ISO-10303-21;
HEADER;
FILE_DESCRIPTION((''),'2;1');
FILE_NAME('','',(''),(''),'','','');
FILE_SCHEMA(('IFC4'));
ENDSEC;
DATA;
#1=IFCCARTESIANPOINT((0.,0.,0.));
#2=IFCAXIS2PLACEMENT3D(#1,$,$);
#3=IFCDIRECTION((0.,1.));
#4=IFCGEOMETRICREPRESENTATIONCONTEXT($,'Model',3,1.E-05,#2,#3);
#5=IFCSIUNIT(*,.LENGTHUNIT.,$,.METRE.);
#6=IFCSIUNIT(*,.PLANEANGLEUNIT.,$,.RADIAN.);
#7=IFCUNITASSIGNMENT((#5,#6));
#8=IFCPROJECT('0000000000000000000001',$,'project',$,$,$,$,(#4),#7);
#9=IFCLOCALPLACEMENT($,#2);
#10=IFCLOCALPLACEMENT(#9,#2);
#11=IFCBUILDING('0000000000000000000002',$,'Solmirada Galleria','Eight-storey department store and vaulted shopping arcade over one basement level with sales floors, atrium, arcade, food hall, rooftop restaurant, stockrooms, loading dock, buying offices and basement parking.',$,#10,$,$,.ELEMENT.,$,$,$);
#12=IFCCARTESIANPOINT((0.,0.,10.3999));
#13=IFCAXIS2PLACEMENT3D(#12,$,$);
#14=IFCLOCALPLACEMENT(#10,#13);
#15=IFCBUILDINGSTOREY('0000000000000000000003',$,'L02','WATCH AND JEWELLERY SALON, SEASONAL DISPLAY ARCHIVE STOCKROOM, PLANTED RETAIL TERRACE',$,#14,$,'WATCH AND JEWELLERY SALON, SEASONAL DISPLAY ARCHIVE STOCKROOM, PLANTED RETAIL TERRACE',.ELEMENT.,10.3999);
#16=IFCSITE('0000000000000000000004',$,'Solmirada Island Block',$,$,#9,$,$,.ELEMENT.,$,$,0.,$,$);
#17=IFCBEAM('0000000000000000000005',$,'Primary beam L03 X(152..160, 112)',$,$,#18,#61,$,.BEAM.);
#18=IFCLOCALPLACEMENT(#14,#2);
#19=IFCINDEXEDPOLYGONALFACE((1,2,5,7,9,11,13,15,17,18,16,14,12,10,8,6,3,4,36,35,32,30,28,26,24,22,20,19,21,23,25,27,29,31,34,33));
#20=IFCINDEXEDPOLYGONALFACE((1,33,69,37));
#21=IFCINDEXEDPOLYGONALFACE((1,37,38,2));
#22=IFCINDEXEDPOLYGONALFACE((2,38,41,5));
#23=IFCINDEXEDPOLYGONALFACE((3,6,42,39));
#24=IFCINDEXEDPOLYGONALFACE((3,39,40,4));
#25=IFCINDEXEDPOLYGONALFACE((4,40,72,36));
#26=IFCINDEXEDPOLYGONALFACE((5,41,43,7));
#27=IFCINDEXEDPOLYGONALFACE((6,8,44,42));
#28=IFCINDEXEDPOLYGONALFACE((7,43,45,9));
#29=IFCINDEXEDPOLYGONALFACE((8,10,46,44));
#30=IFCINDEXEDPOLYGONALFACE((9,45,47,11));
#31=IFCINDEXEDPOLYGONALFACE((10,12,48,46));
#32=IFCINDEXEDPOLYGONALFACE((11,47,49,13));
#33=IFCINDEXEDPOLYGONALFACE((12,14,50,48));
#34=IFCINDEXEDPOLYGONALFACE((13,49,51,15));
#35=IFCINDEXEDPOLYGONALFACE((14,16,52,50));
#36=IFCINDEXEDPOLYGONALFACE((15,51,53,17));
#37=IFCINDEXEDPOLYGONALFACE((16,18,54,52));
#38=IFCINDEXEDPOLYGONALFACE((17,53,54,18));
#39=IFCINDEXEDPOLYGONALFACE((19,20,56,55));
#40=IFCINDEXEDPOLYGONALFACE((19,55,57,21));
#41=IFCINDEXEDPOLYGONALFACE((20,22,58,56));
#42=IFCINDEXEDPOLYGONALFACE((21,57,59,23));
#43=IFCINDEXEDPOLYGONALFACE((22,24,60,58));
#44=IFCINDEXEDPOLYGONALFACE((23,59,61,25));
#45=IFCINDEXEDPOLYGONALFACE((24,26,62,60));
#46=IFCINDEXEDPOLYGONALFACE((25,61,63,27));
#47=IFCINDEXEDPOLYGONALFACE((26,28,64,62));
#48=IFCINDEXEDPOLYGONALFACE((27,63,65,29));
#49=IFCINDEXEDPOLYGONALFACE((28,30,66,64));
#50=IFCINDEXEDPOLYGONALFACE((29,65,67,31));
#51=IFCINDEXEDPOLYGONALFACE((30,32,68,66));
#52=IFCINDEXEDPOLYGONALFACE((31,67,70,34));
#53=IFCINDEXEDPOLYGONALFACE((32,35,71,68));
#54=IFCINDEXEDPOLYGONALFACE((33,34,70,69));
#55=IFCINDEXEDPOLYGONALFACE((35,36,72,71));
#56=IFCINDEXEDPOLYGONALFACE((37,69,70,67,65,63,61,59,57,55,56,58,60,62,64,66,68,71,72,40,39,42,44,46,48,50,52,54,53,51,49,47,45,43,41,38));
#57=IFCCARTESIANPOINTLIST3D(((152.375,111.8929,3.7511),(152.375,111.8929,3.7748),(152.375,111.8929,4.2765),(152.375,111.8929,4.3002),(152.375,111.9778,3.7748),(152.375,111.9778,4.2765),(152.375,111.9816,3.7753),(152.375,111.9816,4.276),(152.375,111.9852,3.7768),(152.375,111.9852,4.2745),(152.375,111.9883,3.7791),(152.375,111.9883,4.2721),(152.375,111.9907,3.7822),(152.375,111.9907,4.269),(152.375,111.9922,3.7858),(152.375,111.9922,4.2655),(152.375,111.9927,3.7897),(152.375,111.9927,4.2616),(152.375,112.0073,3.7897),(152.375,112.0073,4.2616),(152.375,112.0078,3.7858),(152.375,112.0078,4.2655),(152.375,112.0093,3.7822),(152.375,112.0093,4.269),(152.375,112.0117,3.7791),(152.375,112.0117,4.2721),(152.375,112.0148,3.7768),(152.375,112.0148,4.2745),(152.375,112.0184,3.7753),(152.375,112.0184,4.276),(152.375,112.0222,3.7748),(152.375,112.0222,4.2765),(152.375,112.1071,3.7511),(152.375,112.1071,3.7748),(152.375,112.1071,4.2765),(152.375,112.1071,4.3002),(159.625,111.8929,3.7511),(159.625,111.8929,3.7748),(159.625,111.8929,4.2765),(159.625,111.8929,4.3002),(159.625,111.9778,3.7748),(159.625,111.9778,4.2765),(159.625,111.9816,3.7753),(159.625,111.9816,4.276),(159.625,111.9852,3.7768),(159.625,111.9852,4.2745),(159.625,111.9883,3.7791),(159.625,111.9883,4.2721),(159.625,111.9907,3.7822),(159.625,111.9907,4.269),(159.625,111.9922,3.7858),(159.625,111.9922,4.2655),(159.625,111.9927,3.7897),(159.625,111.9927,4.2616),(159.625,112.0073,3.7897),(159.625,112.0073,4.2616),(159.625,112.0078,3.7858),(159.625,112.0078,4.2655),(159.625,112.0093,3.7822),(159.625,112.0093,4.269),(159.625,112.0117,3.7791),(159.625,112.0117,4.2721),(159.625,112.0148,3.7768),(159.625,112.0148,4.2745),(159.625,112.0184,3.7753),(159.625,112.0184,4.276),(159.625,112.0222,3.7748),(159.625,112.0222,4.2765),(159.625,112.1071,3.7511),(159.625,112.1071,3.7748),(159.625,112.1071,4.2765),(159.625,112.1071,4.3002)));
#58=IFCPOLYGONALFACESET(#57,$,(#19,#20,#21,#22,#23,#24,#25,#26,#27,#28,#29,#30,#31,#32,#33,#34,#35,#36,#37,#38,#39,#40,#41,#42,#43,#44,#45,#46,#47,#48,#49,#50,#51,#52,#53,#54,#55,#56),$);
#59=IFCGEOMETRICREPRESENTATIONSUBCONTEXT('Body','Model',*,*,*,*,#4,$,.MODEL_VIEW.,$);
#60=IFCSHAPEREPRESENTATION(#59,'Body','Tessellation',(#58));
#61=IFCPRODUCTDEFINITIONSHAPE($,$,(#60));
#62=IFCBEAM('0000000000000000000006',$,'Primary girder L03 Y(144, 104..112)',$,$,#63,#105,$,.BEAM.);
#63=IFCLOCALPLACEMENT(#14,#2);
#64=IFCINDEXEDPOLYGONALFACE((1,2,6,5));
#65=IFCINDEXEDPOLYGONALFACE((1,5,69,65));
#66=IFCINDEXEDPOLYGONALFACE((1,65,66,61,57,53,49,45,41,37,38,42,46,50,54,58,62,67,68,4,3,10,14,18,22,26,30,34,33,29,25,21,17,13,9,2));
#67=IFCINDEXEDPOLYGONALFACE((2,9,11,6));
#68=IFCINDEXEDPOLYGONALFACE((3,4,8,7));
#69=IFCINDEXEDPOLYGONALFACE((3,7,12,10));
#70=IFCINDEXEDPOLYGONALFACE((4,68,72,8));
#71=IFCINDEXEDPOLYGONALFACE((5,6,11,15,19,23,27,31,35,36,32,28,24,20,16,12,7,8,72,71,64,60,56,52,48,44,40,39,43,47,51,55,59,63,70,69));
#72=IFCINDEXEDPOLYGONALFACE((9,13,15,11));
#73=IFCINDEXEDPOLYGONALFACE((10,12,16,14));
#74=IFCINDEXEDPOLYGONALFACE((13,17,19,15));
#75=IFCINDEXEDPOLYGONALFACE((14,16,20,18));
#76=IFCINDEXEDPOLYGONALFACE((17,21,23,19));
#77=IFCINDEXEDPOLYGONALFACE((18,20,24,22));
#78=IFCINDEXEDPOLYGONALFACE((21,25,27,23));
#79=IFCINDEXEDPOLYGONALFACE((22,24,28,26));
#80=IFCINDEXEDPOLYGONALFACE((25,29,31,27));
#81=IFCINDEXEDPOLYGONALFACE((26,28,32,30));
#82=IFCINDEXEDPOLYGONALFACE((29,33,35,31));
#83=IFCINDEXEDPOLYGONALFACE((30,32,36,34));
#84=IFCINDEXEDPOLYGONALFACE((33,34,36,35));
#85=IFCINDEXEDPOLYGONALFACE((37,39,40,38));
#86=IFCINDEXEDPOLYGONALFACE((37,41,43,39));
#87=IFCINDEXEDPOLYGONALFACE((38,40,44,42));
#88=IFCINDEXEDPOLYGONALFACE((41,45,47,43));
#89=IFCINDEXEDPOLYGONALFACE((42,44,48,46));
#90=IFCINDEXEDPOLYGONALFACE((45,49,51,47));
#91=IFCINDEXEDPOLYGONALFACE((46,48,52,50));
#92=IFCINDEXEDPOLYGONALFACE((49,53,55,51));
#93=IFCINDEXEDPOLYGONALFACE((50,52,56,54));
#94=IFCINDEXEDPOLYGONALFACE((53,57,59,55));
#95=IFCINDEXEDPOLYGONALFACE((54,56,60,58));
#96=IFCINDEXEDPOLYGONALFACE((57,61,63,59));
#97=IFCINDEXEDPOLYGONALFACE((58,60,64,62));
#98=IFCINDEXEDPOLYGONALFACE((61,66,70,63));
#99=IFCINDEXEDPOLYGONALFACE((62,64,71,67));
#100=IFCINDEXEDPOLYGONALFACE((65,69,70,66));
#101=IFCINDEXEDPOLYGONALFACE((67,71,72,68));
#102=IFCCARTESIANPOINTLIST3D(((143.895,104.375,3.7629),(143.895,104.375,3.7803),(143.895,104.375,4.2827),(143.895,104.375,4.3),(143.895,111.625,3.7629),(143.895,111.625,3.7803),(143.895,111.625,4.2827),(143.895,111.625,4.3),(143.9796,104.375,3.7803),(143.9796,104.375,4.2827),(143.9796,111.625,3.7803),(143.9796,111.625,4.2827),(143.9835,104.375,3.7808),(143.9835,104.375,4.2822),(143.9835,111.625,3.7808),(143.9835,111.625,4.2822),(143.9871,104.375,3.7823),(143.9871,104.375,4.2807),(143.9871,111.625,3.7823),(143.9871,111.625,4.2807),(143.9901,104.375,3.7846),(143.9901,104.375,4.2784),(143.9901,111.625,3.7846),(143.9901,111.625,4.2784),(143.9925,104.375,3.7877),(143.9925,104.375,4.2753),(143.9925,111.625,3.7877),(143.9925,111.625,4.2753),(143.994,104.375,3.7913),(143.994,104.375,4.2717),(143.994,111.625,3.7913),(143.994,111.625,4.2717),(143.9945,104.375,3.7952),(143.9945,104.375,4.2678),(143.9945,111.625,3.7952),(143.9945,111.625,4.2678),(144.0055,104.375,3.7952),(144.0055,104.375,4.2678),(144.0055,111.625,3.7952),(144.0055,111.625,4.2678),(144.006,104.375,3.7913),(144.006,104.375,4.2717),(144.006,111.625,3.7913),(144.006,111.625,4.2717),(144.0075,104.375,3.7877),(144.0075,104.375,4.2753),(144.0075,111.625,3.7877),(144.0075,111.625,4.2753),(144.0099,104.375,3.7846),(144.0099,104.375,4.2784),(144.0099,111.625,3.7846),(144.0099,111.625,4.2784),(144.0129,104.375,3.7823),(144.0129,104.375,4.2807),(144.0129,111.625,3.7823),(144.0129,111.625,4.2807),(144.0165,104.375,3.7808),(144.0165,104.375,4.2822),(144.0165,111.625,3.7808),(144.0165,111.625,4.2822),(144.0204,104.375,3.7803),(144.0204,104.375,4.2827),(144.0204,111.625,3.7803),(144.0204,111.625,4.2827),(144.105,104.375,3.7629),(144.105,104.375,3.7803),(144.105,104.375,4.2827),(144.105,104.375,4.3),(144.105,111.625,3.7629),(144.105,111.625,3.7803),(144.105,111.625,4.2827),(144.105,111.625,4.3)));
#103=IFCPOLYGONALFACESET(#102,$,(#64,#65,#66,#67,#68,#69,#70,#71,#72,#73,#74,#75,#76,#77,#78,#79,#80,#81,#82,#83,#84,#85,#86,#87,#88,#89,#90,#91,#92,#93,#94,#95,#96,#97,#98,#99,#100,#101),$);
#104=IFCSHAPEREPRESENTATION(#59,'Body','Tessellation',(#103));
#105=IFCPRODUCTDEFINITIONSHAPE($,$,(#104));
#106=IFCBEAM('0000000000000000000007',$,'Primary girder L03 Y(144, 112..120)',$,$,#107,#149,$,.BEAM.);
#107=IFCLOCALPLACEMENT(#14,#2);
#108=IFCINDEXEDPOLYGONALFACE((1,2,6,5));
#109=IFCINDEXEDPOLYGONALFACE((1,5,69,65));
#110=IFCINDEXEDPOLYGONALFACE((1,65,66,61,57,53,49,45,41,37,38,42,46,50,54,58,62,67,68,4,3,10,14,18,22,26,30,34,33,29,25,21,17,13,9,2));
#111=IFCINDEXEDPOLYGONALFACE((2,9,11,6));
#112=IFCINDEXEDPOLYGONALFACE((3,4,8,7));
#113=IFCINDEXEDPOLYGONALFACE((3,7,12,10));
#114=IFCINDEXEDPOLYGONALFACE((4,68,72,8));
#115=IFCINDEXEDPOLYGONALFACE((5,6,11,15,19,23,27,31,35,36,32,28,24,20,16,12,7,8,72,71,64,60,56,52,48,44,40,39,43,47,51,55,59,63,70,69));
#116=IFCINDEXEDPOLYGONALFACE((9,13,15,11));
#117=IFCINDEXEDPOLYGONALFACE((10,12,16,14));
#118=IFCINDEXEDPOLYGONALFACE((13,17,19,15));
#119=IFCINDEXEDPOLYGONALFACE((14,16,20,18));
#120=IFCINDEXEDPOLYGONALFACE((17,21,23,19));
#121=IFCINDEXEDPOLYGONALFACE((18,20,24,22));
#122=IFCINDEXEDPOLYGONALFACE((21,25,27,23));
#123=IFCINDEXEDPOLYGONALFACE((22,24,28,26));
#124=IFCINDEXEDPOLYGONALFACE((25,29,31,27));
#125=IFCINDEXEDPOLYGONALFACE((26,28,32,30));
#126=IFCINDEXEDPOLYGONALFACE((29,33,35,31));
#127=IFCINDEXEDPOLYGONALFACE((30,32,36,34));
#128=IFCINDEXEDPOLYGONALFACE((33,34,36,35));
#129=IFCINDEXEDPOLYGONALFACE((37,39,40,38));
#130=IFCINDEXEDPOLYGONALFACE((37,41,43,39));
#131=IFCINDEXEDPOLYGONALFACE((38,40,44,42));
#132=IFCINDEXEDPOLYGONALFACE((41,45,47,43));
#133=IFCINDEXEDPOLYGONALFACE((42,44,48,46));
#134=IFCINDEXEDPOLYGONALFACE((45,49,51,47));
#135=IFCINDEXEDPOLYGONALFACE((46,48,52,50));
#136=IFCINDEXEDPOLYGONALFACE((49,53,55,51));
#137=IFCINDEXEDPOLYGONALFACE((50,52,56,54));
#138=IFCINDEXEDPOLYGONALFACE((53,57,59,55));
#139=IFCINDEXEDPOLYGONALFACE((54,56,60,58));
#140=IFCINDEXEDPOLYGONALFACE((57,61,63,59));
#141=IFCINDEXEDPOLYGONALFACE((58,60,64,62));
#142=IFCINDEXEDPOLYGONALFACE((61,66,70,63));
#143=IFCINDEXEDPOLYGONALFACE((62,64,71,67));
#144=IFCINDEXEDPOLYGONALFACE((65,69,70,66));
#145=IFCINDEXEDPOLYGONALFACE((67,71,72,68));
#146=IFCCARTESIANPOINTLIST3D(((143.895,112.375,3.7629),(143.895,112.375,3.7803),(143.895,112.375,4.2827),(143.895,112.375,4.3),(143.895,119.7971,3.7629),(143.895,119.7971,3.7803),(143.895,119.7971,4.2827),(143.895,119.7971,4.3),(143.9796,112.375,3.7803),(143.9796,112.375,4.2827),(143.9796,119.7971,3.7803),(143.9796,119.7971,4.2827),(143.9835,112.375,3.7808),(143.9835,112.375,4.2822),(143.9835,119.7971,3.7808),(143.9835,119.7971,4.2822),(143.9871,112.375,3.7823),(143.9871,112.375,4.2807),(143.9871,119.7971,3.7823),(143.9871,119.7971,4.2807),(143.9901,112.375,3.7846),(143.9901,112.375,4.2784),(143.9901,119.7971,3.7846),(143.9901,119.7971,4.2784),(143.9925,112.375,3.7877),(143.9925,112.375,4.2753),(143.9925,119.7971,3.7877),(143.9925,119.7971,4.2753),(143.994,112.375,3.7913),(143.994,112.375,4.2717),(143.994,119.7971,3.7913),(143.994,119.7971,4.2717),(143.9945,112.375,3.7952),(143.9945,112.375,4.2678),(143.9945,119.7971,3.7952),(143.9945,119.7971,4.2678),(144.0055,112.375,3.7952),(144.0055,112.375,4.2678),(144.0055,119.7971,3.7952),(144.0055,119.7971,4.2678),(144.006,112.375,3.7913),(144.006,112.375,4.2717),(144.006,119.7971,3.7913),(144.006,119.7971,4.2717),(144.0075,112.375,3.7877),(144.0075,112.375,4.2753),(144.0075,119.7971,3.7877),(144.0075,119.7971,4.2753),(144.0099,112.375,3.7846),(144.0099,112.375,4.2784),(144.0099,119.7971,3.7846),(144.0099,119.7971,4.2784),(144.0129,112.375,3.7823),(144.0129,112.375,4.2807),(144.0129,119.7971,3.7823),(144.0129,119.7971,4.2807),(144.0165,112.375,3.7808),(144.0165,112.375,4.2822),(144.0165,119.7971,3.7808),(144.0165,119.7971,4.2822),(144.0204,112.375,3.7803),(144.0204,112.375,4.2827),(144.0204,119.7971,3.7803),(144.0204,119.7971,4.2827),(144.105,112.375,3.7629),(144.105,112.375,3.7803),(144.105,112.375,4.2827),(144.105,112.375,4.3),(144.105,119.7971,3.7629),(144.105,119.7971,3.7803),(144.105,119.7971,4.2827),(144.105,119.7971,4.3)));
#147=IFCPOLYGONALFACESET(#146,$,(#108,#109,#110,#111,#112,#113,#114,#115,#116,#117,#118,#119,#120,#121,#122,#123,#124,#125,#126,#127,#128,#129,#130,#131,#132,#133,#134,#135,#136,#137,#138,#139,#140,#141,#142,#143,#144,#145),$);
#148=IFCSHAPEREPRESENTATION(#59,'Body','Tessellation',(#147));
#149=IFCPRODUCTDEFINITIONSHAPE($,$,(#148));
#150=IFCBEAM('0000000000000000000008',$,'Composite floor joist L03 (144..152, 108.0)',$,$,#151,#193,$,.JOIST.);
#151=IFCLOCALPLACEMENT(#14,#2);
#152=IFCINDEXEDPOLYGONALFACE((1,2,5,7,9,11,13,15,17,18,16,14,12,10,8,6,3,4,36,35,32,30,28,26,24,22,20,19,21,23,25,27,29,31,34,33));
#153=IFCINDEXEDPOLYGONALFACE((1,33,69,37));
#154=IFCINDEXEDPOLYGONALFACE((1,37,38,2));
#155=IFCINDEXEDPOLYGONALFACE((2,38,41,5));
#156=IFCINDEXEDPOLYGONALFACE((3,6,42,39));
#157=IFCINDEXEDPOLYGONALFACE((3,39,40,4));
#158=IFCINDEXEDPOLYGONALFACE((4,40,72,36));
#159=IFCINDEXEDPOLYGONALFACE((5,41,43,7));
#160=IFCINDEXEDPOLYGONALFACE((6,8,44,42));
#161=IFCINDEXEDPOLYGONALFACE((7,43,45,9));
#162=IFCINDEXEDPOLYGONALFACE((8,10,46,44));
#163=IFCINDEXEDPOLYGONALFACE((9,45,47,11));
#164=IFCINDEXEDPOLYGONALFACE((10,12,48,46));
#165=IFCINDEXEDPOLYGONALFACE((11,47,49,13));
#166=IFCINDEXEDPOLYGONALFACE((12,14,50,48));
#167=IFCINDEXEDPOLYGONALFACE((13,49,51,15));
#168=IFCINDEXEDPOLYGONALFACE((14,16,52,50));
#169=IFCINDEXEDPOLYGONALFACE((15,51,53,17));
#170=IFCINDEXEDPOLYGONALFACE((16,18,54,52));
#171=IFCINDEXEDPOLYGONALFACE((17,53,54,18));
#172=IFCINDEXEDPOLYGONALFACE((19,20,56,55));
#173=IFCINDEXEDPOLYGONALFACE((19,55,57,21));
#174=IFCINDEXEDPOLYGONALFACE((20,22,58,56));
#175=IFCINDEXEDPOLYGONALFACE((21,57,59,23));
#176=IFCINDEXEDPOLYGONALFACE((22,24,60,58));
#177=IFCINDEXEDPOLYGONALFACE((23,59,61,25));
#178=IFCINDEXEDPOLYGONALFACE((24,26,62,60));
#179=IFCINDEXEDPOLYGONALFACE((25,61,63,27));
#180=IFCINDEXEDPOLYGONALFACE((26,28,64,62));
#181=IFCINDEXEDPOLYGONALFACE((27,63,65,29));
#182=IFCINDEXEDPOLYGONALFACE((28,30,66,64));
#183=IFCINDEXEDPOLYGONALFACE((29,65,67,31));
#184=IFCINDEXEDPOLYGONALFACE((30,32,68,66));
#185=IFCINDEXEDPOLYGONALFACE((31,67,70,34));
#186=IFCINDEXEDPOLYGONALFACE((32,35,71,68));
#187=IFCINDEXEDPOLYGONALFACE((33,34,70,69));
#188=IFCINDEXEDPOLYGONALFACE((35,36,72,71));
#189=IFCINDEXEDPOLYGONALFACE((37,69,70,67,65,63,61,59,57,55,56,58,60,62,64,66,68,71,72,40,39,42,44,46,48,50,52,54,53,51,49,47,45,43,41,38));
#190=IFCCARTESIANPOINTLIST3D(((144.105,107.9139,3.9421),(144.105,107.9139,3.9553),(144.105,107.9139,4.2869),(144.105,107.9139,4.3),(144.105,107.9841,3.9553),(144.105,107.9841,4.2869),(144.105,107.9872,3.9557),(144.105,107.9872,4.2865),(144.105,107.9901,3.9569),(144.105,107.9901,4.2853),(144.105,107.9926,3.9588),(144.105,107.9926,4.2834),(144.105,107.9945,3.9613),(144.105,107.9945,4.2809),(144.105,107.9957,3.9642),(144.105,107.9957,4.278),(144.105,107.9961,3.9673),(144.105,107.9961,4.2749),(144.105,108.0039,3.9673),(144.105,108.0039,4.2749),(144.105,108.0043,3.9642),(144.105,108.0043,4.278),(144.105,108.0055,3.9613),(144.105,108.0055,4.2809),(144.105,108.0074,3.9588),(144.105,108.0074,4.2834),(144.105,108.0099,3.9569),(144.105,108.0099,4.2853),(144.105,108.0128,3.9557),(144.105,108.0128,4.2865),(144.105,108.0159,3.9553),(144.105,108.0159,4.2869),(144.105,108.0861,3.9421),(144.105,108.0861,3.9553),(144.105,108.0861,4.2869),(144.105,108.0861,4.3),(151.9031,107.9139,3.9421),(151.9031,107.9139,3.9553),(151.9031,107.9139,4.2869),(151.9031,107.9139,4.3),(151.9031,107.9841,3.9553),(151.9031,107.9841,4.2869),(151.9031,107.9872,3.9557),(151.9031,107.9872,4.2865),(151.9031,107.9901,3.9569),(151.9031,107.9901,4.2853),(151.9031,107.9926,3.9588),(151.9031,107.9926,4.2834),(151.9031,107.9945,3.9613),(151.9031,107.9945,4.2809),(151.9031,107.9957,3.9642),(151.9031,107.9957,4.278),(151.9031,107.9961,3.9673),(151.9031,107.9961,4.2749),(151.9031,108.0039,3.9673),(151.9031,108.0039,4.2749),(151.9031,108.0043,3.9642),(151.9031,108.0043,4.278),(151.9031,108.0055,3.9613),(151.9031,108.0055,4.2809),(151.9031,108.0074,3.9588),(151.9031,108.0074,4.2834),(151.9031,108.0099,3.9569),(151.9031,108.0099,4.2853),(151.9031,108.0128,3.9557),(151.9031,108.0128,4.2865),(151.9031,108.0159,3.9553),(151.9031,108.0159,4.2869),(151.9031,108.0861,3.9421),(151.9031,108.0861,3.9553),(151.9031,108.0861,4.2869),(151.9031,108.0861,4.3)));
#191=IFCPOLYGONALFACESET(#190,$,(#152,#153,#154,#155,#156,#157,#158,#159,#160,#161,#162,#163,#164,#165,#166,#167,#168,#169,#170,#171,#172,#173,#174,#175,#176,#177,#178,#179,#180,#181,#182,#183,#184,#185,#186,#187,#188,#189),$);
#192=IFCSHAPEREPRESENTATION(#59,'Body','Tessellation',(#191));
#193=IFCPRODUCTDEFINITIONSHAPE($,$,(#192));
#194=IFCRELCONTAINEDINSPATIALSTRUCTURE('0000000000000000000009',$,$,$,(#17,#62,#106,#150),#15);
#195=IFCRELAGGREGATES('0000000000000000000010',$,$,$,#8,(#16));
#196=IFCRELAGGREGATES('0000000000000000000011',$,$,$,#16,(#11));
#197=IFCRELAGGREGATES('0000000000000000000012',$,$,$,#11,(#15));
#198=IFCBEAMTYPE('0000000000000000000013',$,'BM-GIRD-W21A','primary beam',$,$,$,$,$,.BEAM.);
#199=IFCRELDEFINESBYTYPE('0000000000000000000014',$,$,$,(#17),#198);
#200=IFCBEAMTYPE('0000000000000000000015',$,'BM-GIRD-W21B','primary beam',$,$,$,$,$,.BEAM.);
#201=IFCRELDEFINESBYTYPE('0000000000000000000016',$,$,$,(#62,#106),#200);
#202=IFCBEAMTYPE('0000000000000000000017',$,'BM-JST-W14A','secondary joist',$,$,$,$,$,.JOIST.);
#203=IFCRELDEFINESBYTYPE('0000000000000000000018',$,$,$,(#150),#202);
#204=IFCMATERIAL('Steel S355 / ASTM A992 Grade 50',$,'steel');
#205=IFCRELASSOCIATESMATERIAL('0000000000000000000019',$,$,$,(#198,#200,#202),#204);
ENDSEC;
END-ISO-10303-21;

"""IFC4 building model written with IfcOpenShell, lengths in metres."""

from ifc_helpers import new_model, si_unit, direction, frame, origin, origin_2d, place, context, subcontext, project, spatial, i_section, extrude, material, material_profile, profile_set, type_object, element, save


model = new_model("IFC4")

# Units and contexts
model_context = context("Model", 3, precision=1e-05, world=origin(), true_north=direction((0.0, 1.0)))
body_context = subcontext(model_context, "Body", "Model", "MODEL_VIEW")
ifc_project = project(units=[si_unit("LENGTHUNIT", "METRE"), si_unit("PLANEANGLEUNIT", "RADIAN")], contexts=[model_context])

# Site, building, storey
site_placement = place(None, origin())
site = spatial("IfcSite", under=ifc_project, at=site_placement, Name="Solmirada Island Block", CompositionType="ELEMENT", RefElevation=0.0)
building_placement = place(site_placement, origin())
building = spatial("IfcBuilding", under=site, at=building_placement, Name="Solmirada Galleria", Description="Eight-storey department store and vaulted shopping arcade over one basement level with sales floors, atrium, arcade, food hall, rooftop restaurant, stockrooms, loading dock, buying offices and basement parking.", CompositionType="ELEMENT")
storey_placement = place(building_placement, frame((0.0, 0.0, 10.3999)))
storey = spatial("IfcBuildingStorey", under=building, at=storey_placement, Name="L02", Description="WATCH AND JEWELLERY SALON, SEASONAL DISPLAY ARCHIVE STOCKROOM, PLANTED RETAIL TERRACE", LongName="WATCH AND JEWELLERY SALON, SEASONAL DISPLAY ARCHIVE STOCKROOM, PLANTED RETAIL TERRACE", CompositionType="ELEMENT", Elevation=10.3999)

# Beams
ifc_material_1 = material(Name="Steel S355 / ASTM A992 Grade 50", Category="steel")
ifc_material_profile_1 = material_profile(ifc_material_1, i_section(OverallWidth=0.2141, OverallDepth=0.5491, WebThickness=0.0146, FlangeThickness=0.0237, FilletRadius=0.0149, at=origin_2d()), Name="W21X93")
ifc_profile_set_1 = profile_set([ifc_material_profile_1], Name="Steel S355 / ASTM A992 Grade 50")
beam_type_1 = type_object("IfcBeamType", Name="BM-GIRD-W21A", Description="primary beam", PredefinedType="BEAM", material=ifc_profile_set_1)
for number, where, z_axis, x_axis, name in (
    (1, (152.375, 112.0, 4.0256), (1.0, 0.0, 0.0), (0.0, 1.0, 0.0), "Primary beam L03 X(152..160, 112)"),
):
    element("IfcBeam", number, at=place(storey_placement, frame(where, z_axis=z_axis, x_axis=x_axis)), inside=storey, type_object=beam_type_1, Name=name, PredefinedType="BEAM", context=body_context, shape_type="SweptSolid", body=[
        extrude(i_section(OverallWidth=0.2141, OverallDepth=0.5491, WebThickness=0.0146, FlangeThickness=0.0237, FilletRadius=0.0149, at=origin_2d()), origin(), (0.0, 0.0, 1.0), 7.25),
    ])
ifc_material_profile_2 = material_profile(ifc_material_1, i_section(OverallWidth=0.21, OverallDepth=0.5371, WebThickness=0.011, FlangeThickness=0.0173, FilletRadius=0.0149, at=origin_2d()), Name="W21X68")
ifc_profile_set_2 = profile_set([ifc_material_profile_2], Name="Steel S355 / ASTM A992 Grade 50")
beam_type_2 = type_object("IfcBeamType", Name="BM-GIRD-W21B", Description="primary beam", PredefinedType="BEAM", material=ifc_profile_set_2)
beam_1_placement = place(storey_placement, frame((144.0, 104.375, 4.0315), z_axis=(0.0, 1.0, 0.0), x_axis=(-1.0, 0.0, 0.0)))
element("IfcBeam", 2, at=beam_1_placement, inside=storey, type_object=beam_type_2, Name="Primary girder L03 Y(144, 104..112)", PredefinedType="BEAM", context=body_context, shape_type="SweptSolid", body=[
    extrude(i_section(OverallWidth=0.21, OverallDepth=0.5371, WebThickness=0.011, FlangeThickness=0.0173, FilletRadius=0.0149, at=origin_2d()), origin(), (0.0, 0.0, 1.0), 7.25),
])
beam_2_placement = place(storey_placement, frame((144.0, 112.375, 4.0315), z_axis=(0.0, 1.0, 0.0), x_axis=(-1.0, 0.0, 0.0)))
element("IfcBeam", 3, at=beam_2_placement, inside=storey, type_object=beam_type_2, Name="Primary girder L03 Y(144, 112..120)", PredefinedType="BEAM", context=body_context, shape_type="SweptSolid", body=[
    extrude(i_section(OverallWidth=0.21, OverallDepth=0.5371, WebThickness=0.011, FlangeThickness=0.0173, FilletRadius=0.0149, at=origin_2d()), origin(), (0.0, 0.0, 1.0), 7.4221),
])
ifc_material_profile_3 = material_profile(ifc_material_1, i_section(OverallWidth=0.1721, OverallDepth=0.3579, WebThickness=0.0078, FlangeThickness=0.0132, FilletRadius=0.012, at=origin_2d()), Name="W14X38")
ifc_profile_set_3 = profile_set([ifc_material_profile_3], Name="Steel S355 / ASTM A992 Grade 50")
beam_type_3 = type_object("IfcBeamType", Name="BM-JST-W14A", Description="secondary joist", PredefinedType="JOIST", material=ifc_profile_set_3)
for number, where, z_axis, x_axis, name in (
    (4, (144.105, 108.0, 4.1211), (1.0, 0.0, 0.0), (0.0, 1.0, 0.0), "Composite floor joist L03 (144..152, 108.0)"),
):
    element("IfcBeam", number, at=place(storey_placement, frame(where, z_axis=z_axis, x_axis=x_axis)), inside=storey, type_object=beam_type_3, Name=name, PredefinedType="JOIST", context=body_context, shape_type="SweptSolid", body=[
        extrude(i_section(OverallWidth=0.1721, OverallDepth=0.3579, WebThickness=0.0078, FlangeThickness=0.0132, FilletRadius=0.012, at=origin_2d()), origin(), (0.0, 0.0, 1.0), 7.7981),
    ])

save(model, "model.ifc")
